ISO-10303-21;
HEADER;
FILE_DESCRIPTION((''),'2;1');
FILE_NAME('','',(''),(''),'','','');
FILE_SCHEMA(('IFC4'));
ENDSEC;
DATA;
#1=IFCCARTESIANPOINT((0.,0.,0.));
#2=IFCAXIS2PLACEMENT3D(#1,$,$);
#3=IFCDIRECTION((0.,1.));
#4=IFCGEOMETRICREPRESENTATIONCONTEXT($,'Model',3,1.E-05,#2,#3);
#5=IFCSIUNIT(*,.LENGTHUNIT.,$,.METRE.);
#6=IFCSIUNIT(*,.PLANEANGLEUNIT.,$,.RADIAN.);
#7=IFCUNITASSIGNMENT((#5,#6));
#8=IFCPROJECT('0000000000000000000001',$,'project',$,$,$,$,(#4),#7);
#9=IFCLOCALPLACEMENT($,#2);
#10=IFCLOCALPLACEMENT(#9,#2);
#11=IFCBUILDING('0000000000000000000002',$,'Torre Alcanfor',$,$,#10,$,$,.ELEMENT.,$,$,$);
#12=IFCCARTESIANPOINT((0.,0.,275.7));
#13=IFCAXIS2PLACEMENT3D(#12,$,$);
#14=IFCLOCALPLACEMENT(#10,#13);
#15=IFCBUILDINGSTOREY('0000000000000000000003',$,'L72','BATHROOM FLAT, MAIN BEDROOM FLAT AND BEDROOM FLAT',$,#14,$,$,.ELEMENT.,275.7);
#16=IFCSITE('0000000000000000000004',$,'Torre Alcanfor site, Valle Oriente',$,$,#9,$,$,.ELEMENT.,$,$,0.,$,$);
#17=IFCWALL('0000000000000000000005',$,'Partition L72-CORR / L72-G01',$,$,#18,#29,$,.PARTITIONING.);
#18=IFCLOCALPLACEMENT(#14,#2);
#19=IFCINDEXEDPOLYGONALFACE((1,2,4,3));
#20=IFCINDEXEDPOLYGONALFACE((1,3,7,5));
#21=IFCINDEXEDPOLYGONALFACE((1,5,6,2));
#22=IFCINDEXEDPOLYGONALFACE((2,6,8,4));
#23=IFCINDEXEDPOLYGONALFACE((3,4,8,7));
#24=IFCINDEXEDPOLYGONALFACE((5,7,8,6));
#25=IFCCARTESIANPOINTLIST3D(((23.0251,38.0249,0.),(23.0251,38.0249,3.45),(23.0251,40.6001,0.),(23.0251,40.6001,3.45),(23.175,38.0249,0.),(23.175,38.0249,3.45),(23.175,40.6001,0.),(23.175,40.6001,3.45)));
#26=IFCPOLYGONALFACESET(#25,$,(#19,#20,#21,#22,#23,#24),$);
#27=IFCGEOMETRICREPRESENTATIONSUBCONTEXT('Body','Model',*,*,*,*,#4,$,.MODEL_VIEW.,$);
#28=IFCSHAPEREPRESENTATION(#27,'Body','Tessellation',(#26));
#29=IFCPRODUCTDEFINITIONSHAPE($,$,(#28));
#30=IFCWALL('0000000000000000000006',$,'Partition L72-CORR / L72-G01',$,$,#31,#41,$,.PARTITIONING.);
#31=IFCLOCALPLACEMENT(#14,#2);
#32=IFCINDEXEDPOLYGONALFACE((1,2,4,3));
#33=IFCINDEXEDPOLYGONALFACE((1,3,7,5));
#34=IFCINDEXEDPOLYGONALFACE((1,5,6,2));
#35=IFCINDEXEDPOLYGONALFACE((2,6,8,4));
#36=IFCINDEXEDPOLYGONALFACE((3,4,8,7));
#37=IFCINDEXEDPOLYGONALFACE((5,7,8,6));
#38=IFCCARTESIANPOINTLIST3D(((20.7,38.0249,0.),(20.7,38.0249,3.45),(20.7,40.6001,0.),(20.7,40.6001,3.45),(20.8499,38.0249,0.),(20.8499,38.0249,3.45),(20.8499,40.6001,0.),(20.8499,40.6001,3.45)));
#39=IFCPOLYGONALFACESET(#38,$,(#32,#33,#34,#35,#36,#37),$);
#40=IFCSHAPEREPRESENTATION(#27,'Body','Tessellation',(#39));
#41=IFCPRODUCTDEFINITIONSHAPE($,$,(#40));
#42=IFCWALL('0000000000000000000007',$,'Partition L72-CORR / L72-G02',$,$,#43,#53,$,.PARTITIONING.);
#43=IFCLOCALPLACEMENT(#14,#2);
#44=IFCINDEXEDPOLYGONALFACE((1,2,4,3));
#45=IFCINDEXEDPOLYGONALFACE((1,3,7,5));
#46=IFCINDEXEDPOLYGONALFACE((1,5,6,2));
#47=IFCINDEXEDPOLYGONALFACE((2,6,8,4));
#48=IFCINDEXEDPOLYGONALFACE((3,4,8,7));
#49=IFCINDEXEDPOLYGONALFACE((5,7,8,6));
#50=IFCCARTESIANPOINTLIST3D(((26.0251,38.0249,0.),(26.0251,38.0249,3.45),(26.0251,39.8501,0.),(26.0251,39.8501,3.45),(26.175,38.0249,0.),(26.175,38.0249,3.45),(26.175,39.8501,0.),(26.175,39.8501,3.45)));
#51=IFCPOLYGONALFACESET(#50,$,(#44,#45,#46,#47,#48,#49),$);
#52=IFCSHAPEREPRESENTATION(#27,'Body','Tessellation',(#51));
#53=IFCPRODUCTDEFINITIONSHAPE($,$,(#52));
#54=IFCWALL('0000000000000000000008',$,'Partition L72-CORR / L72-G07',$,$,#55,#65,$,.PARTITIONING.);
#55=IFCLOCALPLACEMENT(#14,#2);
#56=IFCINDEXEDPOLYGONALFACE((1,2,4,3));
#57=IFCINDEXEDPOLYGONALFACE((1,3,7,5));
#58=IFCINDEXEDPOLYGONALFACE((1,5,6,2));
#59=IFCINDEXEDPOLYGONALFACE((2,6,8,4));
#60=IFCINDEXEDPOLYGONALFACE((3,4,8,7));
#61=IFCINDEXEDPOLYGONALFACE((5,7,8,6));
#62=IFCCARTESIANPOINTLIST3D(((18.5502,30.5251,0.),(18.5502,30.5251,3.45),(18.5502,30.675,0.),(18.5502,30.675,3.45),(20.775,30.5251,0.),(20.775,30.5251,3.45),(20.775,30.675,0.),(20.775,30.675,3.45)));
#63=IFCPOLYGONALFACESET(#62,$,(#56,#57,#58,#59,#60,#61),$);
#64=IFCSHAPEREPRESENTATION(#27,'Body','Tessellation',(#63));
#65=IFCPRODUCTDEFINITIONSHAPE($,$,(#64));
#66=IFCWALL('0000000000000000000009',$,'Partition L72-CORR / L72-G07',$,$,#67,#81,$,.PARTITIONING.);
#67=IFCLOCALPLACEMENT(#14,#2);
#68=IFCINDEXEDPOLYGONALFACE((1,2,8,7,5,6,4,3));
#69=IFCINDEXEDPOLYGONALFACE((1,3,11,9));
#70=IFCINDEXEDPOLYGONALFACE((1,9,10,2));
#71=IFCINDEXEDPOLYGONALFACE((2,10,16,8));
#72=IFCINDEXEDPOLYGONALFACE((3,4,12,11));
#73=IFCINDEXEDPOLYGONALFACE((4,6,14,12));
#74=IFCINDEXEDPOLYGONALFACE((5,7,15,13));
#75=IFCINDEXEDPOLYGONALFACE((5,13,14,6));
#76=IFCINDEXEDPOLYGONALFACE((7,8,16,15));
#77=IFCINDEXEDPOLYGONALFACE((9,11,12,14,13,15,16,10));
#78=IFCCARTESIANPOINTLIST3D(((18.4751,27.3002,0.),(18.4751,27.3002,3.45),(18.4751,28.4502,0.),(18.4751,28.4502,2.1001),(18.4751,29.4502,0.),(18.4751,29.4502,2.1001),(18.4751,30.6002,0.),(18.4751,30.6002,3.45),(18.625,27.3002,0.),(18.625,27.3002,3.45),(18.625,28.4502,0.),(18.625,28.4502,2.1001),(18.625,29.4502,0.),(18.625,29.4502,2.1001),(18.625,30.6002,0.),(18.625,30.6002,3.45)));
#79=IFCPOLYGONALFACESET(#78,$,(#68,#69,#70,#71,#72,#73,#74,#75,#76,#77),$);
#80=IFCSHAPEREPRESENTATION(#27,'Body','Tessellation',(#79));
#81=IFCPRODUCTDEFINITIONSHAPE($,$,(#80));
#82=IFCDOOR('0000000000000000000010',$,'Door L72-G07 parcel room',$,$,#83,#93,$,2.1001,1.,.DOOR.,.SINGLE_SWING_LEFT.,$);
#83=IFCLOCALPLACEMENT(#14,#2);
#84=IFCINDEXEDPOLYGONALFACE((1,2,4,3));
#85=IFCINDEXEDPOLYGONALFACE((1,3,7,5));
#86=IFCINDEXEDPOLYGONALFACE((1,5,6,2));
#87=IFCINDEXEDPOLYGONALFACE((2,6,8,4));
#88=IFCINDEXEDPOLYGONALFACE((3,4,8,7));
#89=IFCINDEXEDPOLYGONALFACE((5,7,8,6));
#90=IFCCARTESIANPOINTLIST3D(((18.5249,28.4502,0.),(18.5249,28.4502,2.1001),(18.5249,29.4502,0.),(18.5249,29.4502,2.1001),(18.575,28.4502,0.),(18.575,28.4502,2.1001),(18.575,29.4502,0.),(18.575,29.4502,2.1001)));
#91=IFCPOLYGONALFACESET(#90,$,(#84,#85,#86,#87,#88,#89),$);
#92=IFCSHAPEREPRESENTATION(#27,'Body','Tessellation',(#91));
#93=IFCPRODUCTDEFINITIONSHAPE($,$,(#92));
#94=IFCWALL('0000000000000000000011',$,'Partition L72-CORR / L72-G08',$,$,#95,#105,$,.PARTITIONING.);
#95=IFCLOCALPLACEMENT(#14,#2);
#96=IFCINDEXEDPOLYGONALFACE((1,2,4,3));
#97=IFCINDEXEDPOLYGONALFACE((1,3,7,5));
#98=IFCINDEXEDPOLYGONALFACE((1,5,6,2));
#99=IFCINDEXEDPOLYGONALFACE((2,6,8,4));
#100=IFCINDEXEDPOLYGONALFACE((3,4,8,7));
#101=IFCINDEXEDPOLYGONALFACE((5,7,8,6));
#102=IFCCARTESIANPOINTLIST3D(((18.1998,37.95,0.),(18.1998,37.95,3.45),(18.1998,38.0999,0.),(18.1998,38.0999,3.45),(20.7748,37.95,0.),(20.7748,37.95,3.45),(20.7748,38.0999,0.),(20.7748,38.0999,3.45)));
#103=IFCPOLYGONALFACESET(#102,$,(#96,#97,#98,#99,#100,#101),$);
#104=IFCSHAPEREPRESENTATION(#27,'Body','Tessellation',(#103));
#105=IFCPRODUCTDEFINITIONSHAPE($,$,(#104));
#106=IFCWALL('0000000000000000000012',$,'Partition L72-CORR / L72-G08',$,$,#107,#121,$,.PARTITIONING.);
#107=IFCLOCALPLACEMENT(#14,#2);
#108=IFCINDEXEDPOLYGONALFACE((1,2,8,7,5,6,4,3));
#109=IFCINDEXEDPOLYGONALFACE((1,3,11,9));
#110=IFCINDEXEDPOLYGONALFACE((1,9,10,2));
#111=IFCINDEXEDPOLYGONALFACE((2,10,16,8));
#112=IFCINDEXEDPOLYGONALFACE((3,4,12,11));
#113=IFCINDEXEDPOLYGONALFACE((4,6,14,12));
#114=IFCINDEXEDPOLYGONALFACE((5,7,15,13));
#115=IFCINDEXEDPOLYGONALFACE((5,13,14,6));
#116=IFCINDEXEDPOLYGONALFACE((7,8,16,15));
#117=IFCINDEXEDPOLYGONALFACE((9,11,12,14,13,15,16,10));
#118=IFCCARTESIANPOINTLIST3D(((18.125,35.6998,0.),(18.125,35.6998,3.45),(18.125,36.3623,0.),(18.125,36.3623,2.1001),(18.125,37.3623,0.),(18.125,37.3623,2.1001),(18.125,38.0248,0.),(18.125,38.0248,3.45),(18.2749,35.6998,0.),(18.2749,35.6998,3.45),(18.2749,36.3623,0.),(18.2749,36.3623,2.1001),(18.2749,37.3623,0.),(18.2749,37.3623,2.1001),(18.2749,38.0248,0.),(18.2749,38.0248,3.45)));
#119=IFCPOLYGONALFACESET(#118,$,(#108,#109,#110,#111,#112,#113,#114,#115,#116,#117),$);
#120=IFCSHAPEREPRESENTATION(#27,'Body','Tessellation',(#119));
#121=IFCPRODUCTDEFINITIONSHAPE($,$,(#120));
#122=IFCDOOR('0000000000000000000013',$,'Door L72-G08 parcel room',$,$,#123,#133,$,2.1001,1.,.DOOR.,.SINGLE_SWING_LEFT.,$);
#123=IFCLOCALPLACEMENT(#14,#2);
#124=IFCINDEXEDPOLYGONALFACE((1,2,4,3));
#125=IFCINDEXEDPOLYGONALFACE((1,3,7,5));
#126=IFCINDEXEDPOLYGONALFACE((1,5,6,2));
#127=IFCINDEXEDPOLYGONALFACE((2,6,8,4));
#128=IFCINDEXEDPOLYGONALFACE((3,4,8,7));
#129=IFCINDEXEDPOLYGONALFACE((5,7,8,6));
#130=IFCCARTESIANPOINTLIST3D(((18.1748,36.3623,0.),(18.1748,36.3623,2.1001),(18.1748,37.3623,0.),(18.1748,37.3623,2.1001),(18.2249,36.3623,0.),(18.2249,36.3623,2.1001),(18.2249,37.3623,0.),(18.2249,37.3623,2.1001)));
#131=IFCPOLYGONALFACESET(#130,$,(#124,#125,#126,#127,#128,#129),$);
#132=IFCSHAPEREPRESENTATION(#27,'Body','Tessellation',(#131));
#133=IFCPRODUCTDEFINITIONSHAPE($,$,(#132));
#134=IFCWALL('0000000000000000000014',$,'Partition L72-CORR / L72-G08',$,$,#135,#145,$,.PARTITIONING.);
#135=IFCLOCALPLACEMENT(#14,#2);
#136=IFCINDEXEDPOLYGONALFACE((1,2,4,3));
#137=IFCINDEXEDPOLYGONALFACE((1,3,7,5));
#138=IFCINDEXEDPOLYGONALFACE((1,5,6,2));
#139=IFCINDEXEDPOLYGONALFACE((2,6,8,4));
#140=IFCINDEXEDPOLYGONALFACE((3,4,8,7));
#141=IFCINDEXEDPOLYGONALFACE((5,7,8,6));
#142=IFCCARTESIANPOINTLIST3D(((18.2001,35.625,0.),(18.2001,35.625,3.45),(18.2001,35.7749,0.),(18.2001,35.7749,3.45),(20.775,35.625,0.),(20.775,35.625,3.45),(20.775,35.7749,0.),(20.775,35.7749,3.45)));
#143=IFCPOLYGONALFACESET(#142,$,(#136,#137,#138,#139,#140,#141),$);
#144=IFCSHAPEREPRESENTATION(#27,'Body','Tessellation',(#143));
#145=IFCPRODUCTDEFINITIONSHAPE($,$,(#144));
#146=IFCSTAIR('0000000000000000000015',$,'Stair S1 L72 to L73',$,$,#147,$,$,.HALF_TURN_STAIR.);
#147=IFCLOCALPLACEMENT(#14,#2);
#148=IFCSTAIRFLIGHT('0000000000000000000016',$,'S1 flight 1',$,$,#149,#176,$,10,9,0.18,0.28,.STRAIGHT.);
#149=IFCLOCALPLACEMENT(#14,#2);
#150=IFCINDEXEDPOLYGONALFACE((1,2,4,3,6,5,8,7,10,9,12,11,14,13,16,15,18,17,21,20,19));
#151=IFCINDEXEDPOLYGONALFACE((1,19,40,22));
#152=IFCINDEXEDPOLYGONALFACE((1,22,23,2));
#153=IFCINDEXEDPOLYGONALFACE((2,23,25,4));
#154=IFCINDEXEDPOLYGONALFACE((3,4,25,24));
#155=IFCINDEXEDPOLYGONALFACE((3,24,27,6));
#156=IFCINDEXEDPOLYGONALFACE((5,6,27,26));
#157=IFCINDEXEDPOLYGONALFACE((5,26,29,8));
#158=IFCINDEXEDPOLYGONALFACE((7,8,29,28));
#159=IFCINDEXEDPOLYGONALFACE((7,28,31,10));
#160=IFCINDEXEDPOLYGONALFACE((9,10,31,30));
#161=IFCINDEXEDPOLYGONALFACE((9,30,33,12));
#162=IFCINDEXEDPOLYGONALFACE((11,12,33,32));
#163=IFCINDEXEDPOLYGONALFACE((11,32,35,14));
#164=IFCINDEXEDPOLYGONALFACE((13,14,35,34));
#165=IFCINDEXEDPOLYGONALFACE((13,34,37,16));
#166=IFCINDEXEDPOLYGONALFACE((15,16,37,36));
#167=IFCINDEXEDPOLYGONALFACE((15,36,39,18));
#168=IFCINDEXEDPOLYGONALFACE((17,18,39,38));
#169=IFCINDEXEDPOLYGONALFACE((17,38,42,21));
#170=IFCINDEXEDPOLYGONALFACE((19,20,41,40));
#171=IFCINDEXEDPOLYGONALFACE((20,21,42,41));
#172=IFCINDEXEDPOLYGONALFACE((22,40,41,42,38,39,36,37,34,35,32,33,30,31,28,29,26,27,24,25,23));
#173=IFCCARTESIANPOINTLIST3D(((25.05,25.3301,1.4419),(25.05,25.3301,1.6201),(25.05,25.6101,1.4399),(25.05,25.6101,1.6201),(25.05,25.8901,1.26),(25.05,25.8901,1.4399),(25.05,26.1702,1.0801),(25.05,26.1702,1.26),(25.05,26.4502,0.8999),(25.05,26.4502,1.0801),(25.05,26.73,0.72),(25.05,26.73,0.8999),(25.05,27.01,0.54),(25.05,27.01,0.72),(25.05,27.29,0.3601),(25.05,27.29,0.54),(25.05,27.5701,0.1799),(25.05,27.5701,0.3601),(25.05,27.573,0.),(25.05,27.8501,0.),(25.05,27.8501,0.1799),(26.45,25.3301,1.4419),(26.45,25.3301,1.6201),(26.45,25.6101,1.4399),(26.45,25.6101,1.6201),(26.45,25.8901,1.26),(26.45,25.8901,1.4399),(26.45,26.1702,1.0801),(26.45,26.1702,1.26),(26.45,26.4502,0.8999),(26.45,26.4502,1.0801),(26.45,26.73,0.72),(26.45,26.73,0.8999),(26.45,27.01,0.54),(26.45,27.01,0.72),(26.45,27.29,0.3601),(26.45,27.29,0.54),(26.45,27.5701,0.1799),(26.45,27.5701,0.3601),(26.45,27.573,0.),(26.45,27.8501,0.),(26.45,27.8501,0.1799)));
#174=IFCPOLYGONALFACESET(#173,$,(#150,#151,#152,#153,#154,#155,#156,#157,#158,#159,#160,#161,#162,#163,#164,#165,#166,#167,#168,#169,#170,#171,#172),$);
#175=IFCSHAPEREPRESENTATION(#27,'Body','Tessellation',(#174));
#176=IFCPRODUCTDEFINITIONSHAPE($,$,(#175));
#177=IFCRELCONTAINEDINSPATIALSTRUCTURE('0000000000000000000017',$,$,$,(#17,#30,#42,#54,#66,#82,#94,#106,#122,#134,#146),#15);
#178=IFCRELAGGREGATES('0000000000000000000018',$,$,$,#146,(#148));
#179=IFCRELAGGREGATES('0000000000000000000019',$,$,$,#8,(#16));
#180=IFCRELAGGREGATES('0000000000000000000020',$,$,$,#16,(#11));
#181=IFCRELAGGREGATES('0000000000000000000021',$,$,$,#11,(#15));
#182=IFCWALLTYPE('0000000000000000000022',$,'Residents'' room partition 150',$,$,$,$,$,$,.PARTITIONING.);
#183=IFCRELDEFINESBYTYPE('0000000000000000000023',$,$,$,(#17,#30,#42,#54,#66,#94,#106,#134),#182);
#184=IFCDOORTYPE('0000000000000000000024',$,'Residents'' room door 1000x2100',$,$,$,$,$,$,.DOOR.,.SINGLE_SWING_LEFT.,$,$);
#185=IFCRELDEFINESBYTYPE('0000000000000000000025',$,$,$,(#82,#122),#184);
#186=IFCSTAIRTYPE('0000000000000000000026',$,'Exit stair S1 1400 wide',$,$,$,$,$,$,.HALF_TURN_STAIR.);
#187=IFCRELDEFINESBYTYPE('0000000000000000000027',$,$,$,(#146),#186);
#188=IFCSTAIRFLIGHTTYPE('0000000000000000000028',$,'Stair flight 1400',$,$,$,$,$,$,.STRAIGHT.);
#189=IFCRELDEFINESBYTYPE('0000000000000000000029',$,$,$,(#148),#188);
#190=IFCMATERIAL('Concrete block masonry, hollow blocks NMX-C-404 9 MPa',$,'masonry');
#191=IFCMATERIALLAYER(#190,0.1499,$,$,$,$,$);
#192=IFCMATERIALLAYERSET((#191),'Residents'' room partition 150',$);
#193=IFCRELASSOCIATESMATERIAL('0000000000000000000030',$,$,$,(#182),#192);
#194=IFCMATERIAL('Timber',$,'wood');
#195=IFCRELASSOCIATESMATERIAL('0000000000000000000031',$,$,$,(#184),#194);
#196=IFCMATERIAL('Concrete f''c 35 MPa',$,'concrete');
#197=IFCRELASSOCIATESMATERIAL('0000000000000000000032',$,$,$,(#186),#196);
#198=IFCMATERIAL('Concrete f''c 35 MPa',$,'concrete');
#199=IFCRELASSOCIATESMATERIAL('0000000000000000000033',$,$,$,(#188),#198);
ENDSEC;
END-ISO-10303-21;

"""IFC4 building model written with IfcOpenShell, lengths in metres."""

from ifc_helpers import new_model, si_unit, direction, frame, frame_2d, origin, place, context, subcontext, project, spatial, polyline, rectangle, outline, extrude, material, layer, layer_set, type_object, element, fill, aggregate, save


model = new_model("IFC4")

# Units and contexts
model_context = context("Model", 3, precision=1e-05, world=origin(), true_north=direction((0.0, 1.0)))
body_context = subcontext(model_context, "Body", "Model", "MODEL_VIEW")
ifc_project = project(units=[si_unit("LENGTHUNIT", "METRE"), si_unit("PLANEANGLEUNIT", "RADIAN")], contexts=[model_context])

# Site, building, storey
site_placement = place(None, origin())
site = spatial("IfcSite", under=ifc_project, at=site_placement, Name="Torre Alcanfor site, Valle Oriente", CompositionType="ELEMENT", RefElevation=0.0)
building_placement = place(site_placement, origin())
building = spatial("IfcBuilding", under=site, at=building_placement, Name="Torre Alcanfor", CompositionType="ELEMENT")
storey_placement = place(building_placement, frame((0.0, 0.0, 275.7)))
storey = spatial("IfcBuildingStorey", under=building, at=storey_placement, Name="L72", Description="BATHROOM FLAT, MAIN BEDROOM FLAT AND BEDROOM FLAT", CompositionType="ELEMENT", Elevation=275.7)

# Walls
ifc_material_1 = material(Name="Concrete block masonry, hollow blocks NMX-C-404 9 MPa", Category="masonry")
ifc_layer_1 = layer(ifc_material_1, 0.1499)
ifc_layer_set_1 = layer_set([ifc_layer_1], Name="Residents' room partition 150")
wall_type_1 = type_object("IfcWallType", Name="Residents' room partition 150", PredefinedType="PARTITIONING", material=ifc_layer_set_1)
for number, where, z_axis, x_axis, name in (
    (1, (23.1001, 38.0249, 0.0), (0.0, 0.0, 1.0), (0.0, 1.0, 0.0), "Partition L72-CORR / L72-G01"),
    (2, (20.7749, 40.6001, 0.0), (0.0, 0.0, 1.0), (0.0, -1.0, 0.0), "Partition L72-CORR / L72-G01"),
):
    element("IfcWall", number, at=place(storey_placement, frame(where, z_axis=z_axis, x_axis=x_axis)), inside=storey, type_object=wall_type_1, Name=name, PredefinedType="PARTITIONING", context=body_context, shape_type="SweptSolid", body=[
        extrude(rectangle(XDim=2.5752, YDim=0.1499, at=frame_2d((1.2876, 0.0))), origin(), (0.0, 0.0, 1.0), 3.45),
    ])
wall_1_placement = place(storey_placement, frame((26.1001, 39.8501, 0.0), z_axis=(0.0, 0.0, 1.0), x_axis=(0.0, -1.0, 0.0)))
element("IfcWall", 3, at=wall_1_placement, inside=storey, type_object=wall_type_1, Name="Partition L72-CORR / L72-G02", PredefinedType="PARTITIONING", context=body_context, shape_type="SweptSolid", body=[
    extrude(rectangle(XDim=1.8252, YDim=0.1499, at=frame_2d((0.9126, 0.0))), origin(), (0.0, 0.0, 1.0), 3.45),
])
wall_2_placement = place(storey_placement, frame((20.7749, 30.6001, 0.0), z_axis=(0.0, 0.0, 1.0), x_axis=(-1.0, 0.0, 0.0)))
element("IfcWall", 4, at=wall_2_placement, inside=storey, type_object=wall_type_1, Name="Partition L72-CORR / L72-G07", PredefinedType="PARTITIONING", context=body_context, shape_type="SweptSolid", body=[
    extrude(rectangle(XDim=2.2249, YDim=0.1499, at=frame_2d((1.1123, 0.0))), origin(), (0.0, 0.0, 1.0), 3.45),
])

# Wall, opening, door
wall_3_placement = place(storey_placement, frame((18.55, 30.6001, 0.0), z_axis=(0.0, 0.0, 1.0), x_axis=(0.0, -1.0, 0.0)))
wall_3 = element("IfcWall", 5, at=wall_3_placement, inside=storey, type_object=wall_type_1, Name="Partition L72-CORR / L72-G07", PredefinedType="PARTITIONING", context=body_context, shape_type="SweptSolid", body=[
    extrude(rectangle(XDim=3.3, YDim=0.1499, at=frame_2d((1.6499, 0.0))), origin(), (0.0, 0.0, 1.0), 3.45),
])
opening_1_placement = place(wall_3_placement, frame((1.1499, 0.0, 0.0)))
opening_1 = element("IfcOpeningElement", 6, at=opening_1_placement, cuts=wall_3, PredefinedType="OPENING", context=body_context, shape_type="SweptSolid", body=[
    extrude(rectangle(XDim=1.0, YDim=2.1001, at=frame_2d((0.5, 1.05))), frame((0.0, 0.085, 0.0), z_axis=(0.0, -1.0, 0.0), x_axis=(1.0, 0.0, 0.0)), (0.0, 0.0, 1.0), 0.1699),
])
ifc_material_2 = material(Name="Timber", Category="wood")
door_type_1 = type_object("IfcDoorType", Name="Residents' room door 1000x2100", OperationType="SINGLE_SWING_LEFT", PredefinedType="DOOR", material=ifc_material_2)
door_1_placement = place(opening_1_placement, origin())
door_1 = element("IfcDoor", 7, at=door_1_placement, inside=storey, type_object=door_type_1, Name="Door L72-G07 parcel room", OperationType="SINGLE_SWING_LEFT", OverallHeight=2.1001, OverallWidth=1.0, PredefinedType="DOOR", context=body_context, shape_type="SweptSolid", body=[
    extrude(rectangle(XDim=1.0, YDim=2.1001, at=frame_2d((0.5, 1.05))), frame((0.0, 0.0249, 0.0), z_axis=(0.0, -1.0, 0.0), x_axis=(1.0, 0.0, 0.0)), (0.0, 0.0, 1.0), 0.05),
])
fill(opening_1, door_1)

# Wall
wall_4_placement = place(storey_placement, frame((20.7749, 38.0249, 0.0), z_axis=(0.0, 0.0, 1.0), x_axis=(-1.0, 0.0, 0.0)))
element("IfcWall", 8, at=wall_4_placement, inside=storey, type_object=wall_type_1, Name="Partition L72-CORR / L72-G08", PredefinedType="PARTITIONING", context=body_context, shape_type="SweptSolid", body=[
    extrude(rectangle(XDim=2.575, YDim=0.1499, at=frame_2d((1.2876, 0.0))), origin(), (0.0, 0.0, 1.0), 3.45),
])

# Wall, opening, door
wall_5_placement = place(storey_placement, frame((18.2, 38.0249, 0.0), z_axis=(0.0, 0.0, 1.0), x_axis=(0.0, -1.0, 0.0)))
wall_5 = element("IfcWall", 9, at=wall_5_placement, inside=storey, type_object=wall_type_1, Name="Partition L72-CORR / L72-G08", PredefinedType="PARTITIONING", context=body_context, shape_type="SweptSolid", body=[
    extrude(rectangle(XDim=2.325, YDim=0.1499, at=frame_2d((1.1626, 0.0))), origin(), (0.0, 0.0, 1.0), 3.45),
])
opening_2_placement = place(wall_5_placement, frame((0.6626, 0.0, 0.0)))
opening_2 = element("IfcOpeningElement", 10, at=opening_2_placement, cuts=wall_5, PredefinedType="OPENING", context=body_context, shape_type="SweptSolid", body=[
    extrude(rectangle(XDim=1.0, YDim=2.1001, at=frame_2d((0.5, 1.05))), frame((0.0, 0.085, 0.0), z_axis=(0.0, -1.0, 0.0), x_axis=(1.0, 0.0, 0.0)), (0.0, 0.0, 1.0), 0.1699),
])
door_2_placement = place(opening_2_placement, origin())
door_2 = element("IfcDoor", 11, at=door_2_placement, inside=storey, type_object=door_type_1, Name="Door L72-G08 parcel room", OperationType="SINGLE_SWING_LEFT", OverallHeight=2.1001, OverallWidth=1.0, PredefinedType="DOOR", context=body_context, shape_type="SweptSolid", body=[
    extrude(rectangle(XDim=1.0, YDim=2.1001, at=frame_2d((0.5, 1.05))), frame((0.0, 0.0249, 0.0), z_axis=(0.0, -1.0, 0.0), x_axis=(1.0, 0.0, 0.0)), (0.0, 0.0, 1.0), 0.05),
])
fill(opening_2, door_2)

# Wall
wall_6_placement = place(storey_placement, frame((18.2, 35.7, 0.0), z_axis=(0.0, 0.0, 1.0), x_axis=(1.0, 0.0, 0.0)))
element("IfcWall", 12, at=wall_6_placement, inside=storey, type_object=wall_type_1, Name="Partition L72-CORR / L72-G08", PredefinedType="PARTITIONING", context=body_context, shape_type="SweptSolid", body=[
    extrude(rectangle(XDim=2.575, YDim=0.1499, at=frame_2d((1.2876, 0.0))), origin(), (0.0, 0.0, 1.0), 3.45),
])

# Stair, stair flight
ifc_material_3 = material(Name="Concrete f'c 35 MPa", Category="concrete")
stair_type = type_object("IfcStairType", Name="Exit stair S1 1400 wide", PredefinedType="HALF_TURN_STAIR", material=ifc_material_3)
stair_placement = place(storey_placement, origin())
stair = element("IfcStair", 13, at=stair_placement, inside=storey, type_object=stair_type, Name="Stair S1 L72 to L73", PredefinedType="HALF_TURN_STAIR")
ifc_material_4 = material(Name="Concrete f'c 35 MPa", Category="concrete")
stair_flight_type = type_object("IfcStairFlightType", Name="Stair flight 1400", PredefinedType="STRAIGHT", material=ifc_material_4)
stair_flight_placement = place(storey_placement, frame((25.75, 27.8501, 0.0), z_axis=(0.0, 0.0, 1.0), x_axis=(0.0, -1.0, 0.0)))
stair_flight = element("IfcStairFlight", 14, at=stair_flight_placement, type_object=stair_flight_type, Name="S1 flight 1", NumberOfRisers=10, NumberOfTreads=9, PredefinedType="STRAIGHT", RiserHeight=0.18, TreadLength=0.28, context=body_context, shape_type="SweptSolid", body=[
    extrude(outline(polyline([(0.0, 0.0), (0.0, 0.1799), (0.28, 0.1799), (0.28, 0.3601), (0.5601, 0.3601), (0.5601, 0.54), (0.8401, 0.54), (0.8401, 0.72), (1.1201, 0.72), (1.1201, 0.8999), (1.3999, 0.8999), (1.3999, 1.0801), (1.6799, 1.0801), (1.6799, 1.26), (1.96, 1.26), (1.96, 1.4399), (2.24, 1.4399), (2.24, 1.6201), (2.52, 1.6201), (2.52, 1.8), (2.52, 1.4419), (0.2771, 0.0), (0.0, 0.0)])), frame((0.0, 0.7, 0.0), z_axis=(0.0, -1.0, 0.0), x_axis=(1.0, 0.0, 0.0)), (0.0, 0.0, 1.0), 1.3999),
])
aggregate(stair, [stair_flight])

save(model, "model.ifc")
